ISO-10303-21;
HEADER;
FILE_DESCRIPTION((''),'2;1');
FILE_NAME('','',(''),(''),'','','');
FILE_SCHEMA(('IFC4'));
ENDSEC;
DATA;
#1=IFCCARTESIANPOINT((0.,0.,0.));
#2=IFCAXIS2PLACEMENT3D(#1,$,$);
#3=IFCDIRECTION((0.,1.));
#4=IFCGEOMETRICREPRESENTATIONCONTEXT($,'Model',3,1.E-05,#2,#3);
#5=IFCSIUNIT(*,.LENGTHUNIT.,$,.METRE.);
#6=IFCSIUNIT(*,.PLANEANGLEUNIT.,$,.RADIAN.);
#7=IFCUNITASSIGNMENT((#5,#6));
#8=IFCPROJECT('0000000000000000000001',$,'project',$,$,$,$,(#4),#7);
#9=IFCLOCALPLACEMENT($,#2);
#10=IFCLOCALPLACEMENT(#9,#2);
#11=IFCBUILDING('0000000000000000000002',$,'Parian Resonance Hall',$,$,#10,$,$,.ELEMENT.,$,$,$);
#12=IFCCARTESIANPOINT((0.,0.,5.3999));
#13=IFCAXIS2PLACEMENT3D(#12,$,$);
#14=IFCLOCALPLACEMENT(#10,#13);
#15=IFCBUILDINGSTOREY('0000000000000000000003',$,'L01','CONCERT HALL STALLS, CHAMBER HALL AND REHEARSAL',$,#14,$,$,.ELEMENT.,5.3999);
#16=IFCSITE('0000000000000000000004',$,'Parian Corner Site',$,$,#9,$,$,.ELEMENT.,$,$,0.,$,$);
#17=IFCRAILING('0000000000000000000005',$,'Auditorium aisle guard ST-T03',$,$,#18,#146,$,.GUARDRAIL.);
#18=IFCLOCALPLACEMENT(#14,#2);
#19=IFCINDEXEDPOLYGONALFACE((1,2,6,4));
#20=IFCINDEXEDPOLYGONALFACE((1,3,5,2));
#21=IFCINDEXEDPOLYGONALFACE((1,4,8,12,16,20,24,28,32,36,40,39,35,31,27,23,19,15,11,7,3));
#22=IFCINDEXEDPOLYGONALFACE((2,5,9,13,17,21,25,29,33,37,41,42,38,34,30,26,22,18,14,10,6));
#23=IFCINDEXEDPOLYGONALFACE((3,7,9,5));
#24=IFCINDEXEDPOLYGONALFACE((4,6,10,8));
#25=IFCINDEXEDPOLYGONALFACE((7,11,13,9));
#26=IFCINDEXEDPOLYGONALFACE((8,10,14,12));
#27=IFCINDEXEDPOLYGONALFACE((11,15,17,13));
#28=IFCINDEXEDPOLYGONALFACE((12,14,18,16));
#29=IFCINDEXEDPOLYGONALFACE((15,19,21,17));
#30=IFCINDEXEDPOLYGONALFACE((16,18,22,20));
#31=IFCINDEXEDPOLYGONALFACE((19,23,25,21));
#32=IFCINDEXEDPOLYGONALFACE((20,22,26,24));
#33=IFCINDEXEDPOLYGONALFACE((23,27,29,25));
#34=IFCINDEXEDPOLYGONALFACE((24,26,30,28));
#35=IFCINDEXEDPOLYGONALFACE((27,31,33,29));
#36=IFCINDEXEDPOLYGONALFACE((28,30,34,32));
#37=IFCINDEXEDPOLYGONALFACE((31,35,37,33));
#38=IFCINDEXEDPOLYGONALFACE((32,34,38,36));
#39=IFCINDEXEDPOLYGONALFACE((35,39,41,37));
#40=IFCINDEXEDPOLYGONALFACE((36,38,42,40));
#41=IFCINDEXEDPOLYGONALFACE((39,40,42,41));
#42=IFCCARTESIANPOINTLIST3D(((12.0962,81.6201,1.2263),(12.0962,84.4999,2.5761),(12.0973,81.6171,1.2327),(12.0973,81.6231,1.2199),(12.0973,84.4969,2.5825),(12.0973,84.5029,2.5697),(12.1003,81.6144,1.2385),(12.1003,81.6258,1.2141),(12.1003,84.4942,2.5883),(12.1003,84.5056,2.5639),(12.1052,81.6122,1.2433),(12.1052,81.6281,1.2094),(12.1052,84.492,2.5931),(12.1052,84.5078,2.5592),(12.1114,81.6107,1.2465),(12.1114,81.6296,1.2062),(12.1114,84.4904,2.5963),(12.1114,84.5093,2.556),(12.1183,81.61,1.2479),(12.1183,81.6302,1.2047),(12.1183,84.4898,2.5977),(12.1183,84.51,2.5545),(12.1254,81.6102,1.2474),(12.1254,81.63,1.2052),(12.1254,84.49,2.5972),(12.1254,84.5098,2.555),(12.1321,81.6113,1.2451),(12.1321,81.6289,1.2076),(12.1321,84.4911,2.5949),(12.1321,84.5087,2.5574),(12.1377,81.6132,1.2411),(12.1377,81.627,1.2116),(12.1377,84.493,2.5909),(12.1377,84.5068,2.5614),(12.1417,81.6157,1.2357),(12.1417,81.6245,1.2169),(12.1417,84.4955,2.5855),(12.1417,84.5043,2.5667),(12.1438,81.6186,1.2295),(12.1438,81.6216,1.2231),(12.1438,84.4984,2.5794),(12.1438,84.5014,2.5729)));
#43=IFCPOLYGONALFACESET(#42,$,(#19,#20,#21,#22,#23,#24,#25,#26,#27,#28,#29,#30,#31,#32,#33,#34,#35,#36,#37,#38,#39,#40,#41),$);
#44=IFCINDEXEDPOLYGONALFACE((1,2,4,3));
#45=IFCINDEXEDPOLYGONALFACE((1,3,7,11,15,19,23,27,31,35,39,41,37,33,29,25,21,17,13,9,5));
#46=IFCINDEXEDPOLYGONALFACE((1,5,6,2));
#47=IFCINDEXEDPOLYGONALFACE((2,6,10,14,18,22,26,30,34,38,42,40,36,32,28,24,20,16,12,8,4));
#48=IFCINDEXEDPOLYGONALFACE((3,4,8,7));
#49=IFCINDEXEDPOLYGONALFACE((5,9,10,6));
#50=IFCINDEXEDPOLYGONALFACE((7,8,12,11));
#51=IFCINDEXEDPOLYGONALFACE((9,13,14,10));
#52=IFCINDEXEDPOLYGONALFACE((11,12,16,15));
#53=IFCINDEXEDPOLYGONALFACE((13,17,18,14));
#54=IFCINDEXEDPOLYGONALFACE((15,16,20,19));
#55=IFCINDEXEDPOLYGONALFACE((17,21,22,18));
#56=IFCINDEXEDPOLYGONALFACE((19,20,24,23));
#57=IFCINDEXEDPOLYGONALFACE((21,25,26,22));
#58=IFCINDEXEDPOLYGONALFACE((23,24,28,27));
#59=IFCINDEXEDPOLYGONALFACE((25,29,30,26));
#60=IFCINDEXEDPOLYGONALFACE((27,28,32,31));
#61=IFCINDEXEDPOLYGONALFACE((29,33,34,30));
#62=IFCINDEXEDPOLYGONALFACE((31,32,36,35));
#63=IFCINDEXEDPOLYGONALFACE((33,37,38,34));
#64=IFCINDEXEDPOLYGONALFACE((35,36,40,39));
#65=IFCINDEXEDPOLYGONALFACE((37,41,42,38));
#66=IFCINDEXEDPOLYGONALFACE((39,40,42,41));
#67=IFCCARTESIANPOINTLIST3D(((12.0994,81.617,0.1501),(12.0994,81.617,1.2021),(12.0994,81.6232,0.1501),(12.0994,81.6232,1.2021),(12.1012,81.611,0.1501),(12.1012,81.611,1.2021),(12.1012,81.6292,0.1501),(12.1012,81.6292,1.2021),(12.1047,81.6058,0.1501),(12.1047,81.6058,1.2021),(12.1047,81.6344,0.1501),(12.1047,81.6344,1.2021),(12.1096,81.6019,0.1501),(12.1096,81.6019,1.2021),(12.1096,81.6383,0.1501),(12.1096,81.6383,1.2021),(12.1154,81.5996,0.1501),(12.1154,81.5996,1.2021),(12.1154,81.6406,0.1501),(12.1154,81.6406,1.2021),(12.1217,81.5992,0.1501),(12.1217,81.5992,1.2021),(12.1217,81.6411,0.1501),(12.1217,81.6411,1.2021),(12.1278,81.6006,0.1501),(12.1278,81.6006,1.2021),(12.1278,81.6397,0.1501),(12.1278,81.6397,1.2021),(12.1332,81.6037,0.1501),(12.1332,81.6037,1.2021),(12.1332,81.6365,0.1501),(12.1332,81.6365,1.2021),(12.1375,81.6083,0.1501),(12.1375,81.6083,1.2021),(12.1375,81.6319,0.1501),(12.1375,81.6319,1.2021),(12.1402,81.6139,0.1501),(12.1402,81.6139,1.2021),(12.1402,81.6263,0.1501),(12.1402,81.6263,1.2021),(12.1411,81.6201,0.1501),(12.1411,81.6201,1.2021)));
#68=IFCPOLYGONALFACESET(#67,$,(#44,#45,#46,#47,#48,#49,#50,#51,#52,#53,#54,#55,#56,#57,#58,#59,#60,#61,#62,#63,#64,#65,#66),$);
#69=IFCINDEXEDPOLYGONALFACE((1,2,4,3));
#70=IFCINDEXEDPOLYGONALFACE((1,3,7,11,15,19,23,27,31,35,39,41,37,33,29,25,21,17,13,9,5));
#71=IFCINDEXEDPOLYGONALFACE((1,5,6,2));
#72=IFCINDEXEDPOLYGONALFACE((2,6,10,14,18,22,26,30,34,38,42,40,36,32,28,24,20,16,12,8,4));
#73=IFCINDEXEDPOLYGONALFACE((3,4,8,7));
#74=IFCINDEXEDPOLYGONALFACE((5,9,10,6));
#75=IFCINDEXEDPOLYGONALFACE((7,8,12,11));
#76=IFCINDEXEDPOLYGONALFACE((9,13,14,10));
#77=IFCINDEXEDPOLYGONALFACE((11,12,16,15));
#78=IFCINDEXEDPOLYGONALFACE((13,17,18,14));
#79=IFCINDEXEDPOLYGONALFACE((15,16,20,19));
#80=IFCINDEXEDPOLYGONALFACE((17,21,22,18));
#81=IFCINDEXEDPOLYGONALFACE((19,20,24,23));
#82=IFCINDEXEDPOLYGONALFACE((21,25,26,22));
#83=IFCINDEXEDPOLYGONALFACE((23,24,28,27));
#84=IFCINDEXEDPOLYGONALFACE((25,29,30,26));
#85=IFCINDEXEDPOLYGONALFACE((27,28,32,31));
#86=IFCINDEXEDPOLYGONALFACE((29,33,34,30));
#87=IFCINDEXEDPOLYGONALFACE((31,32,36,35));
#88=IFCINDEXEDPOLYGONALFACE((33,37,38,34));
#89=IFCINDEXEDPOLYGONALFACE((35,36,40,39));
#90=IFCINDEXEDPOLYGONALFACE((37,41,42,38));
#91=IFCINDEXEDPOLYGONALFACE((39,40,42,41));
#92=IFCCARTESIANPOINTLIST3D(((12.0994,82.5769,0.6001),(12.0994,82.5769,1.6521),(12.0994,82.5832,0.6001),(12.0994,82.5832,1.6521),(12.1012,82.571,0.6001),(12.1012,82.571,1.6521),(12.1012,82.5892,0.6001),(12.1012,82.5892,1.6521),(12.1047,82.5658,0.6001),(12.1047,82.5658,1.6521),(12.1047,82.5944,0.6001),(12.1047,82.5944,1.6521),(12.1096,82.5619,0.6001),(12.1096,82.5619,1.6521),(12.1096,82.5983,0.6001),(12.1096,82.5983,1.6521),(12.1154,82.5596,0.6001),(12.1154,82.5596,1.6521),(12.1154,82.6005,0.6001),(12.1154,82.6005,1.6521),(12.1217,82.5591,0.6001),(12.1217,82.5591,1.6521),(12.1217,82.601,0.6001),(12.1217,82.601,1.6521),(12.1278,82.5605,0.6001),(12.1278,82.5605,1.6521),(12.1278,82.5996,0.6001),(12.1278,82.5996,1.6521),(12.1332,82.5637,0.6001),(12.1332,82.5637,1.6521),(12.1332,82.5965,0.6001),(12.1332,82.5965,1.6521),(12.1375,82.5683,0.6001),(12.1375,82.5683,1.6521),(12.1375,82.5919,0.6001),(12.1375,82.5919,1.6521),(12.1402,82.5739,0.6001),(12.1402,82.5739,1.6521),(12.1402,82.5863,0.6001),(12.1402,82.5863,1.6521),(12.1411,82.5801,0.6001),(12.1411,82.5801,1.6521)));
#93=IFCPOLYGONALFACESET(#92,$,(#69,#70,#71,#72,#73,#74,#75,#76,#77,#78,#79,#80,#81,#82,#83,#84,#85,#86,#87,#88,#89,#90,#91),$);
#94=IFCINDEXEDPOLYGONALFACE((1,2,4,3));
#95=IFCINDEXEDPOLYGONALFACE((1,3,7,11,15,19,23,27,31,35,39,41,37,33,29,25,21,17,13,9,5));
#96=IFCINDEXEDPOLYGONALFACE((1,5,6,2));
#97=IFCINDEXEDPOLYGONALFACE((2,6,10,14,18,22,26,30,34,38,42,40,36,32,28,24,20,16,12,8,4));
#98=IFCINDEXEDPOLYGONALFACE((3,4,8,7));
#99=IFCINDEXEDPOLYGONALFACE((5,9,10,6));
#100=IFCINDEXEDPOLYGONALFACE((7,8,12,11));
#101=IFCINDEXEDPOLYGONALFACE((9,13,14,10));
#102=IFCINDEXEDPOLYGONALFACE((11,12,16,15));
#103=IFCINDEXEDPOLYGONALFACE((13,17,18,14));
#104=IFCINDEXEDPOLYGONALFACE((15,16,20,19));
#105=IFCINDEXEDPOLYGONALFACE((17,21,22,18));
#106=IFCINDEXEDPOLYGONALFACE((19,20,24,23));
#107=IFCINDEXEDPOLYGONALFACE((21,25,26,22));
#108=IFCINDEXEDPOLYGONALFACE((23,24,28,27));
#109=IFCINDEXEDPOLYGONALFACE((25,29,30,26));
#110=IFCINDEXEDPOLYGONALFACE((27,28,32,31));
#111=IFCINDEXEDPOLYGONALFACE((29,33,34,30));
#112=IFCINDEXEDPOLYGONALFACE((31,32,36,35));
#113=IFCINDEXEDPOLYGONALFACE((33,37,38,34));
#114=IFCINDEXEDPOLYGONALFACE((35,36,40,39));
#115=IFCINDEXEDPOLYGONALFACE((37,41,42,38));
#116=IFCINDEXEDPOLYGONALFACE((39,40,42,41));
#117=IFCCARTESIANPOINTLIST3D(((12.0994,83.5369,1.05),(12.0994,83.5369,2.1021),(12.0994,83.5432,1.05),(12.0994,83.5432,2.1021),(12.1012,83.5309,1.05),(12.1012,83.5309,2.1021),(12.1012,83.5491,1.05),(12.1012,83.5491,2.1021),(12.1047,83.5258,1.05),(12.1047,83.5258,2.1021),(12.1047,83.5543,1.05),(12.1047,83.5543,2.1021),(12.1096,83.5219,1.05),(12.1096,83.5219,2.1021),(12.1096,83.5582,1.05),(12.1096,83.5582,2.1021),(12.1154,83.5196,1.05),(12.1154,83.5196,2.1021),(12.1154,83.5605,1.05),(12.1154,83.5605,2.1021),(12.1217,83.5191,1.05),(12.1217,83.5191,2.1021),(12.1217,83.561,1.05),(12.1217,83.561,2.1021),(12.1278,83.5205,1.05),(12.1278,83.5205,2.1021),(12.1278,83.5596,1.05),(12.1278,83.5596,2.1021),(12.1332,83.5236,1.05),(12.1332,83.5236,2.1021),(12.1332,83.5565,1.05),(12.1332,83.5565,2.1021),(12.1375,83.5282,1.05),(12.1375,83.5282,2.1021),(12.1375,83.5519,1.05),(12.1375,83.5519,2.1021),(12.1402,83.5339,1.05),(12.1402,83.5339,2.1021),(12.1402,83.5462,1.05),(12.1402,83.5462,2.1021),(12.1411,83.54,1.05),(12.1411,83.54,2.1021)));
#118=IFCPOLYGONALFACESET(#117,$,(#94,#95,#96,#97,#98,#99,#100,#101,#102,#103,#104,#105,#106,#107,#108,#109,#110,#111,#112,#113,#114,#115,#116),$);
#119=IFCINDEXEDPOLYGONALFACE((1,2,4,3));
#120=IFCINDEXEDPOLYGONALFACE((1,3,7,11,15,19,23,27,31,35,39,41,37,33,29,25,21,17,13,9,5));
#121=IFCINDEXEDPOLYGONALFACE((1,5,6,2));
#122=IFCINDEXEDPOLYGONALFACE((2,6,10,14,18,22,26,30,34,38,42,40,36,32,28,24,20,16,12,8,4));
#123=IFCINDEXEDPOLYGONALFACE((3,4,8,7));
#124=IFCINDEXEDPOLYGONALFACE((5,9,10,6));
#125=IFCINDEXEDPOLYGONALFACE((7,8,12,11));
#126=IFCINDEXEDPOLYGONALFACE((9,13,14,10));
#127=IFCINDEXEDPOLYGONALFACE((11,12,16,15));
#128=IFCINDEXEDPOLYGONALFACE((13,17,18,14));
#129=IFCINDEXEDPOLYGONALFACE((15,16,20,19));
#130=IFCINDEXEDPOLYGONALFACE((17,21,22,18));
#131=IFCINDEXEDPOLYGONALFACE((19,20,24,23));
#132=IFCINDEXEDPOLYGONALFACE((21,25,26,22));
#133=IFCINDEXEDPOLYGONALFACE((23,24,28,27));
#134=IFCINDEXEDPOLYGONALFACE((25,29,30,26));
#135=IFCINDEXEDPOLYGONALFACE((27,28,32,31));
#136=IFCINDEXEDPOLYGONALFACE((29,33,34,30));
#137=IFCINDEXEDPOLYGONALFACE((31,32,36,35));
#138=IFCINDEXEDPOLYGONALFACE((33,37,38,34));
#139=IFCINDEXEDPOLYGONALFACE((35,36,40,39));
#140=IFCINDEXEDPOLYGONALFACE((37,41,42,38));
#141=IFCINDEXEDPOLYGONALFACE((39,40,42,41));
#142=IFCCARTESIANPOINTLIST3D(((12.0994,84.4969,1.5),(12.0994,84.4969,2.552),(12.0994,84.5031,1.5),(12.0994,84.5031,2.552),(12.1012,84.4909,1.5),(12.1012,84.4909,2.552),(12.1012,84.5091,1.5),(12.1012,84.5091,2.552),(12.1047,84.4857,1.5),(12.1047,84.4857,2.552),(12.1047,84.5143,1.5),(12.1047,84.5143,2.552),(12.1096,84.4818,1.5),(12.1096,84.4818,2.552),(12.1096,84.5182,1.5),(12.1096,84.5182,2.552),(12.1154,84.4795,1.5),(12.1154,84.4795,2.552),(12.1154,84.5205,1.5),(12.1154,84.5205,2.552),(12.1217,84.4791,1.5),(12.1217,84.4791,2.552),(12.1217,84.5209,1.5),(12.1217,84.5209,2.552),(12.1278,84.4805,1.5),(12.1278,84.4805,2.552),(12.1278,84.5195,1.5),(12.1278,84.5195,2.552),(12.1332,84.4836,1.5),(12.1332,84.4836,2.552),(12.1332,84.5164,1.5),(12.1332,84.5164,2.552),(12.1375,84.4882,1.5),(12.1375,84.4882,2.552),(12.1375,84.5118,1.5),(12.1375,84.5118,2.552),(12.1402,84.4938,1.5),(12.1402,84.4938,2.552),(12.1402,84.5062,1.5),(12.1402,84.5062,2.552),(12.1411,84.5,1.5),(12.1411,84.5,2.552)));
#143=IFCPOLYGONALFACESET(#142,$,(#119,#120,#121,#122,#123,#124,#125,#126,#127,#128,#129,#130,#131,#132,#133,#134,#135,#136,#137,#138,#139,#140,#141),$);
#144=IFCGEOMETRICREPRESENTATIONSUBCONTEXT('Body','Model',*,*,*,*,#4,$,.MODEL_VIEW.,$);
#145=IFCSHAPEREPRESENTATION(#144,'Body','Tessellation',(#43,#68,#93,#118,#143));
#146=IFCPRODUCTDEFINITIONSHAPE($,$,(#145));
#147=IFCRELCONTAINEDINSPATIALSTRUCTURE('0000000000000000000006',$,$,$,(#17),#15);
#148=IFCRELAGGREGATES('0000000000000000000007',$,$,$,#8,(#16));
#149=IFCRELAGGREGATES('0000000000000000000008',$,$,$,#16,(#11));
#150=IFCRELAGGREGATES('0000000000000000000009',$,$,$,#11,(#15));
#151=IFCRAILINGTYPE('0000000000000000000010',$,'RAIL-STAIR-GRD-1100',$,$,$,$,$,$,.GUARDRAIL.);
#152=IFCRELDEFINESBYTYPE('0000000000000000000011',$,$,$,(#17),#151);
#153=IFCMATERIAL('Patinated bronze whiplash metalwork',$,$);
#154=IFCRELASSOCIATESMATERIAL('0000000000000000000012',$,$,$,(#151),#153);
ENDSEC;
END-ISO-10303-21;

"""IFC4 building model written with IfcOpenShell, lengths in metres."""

from ifc_helpers import new_model, si_unit, direction, frame, origin, origin_2d, place, context, subcontext, project, spatial, circle, extrude, material, type_object, element, save


model = new_model("IFC4")

# Units and contexts
model_context = context("Model", 3, precision=1e-05, world=origin(), true_north=direction((0.0, 1.0)))
body_context = subcontext(model_context, "Body", "Model", "MODEL_VIEW")
ifc_project = project(units=[si_unit("LENGTHUNIT", "METRE"), si_unit("PLANEANGLEUNIT", "RADIAN")], contexts=[model_context])

# Site, building, storey
site_placement = place(None, origin())
site = spatial("IfcSite", under=ifc_project, at=site_placement, Name="Parian Corner Site", CompositionType="ELEMENT", RefElevation=0.0)
building_placement = place(site_placement, origin())
building = spatial("IfcBuilding", under=site, at=building_placement, Name="Parian Resonance Hall", CompositionType="ELEMENT")
storey_placement = place(building_placement, frame((0.0, 0.0, 5.3999)))
storey = spatial("IfcBuildingStorey", under=building, at=storey_placement, Name="L01", Description="CONCERT HALL STALLS, CHAMBER HALL AND REHEARSAL", CompositionType="ELEMENT", Elevation=5.3999)

# Railing
ifc_material_1 = material(Name="Patinated bronze whiplash metalwork")
railing_type_1 = type_object("IfcRailingType", Name="RAIL-STAIR-GRD-1100", PredefinedType="GUARDRAIL", material=ifc_material_1)
railing_1_placement = place(storey_placement, frame((12.1201, 81.6201, 0.1501)))
element("IfcRailing", 1, at=railing_1_placement, inside=storey, type_object=railing_type_1, Name="Auditorium aisle guard ST-T03", PredefinedType="GUARDRAIL", context=body_context, shape_type="SweptSolid", body=[
    extrude(circle(Radius=0.0239, at=origin_2d()), frame((0.0, 0.0, 1.0762), z_axis=(0.0, 0.90547, 0.42441), x_axis=(-1.0, 0.0, 0.0)), (0.0, 0.0, 1.0), 3.1804),
    extrude(circle(Radius=0.021, at=origin_2d()), origin(), (0.0, 0.0, 1.0), 1.052),
    extrude(circle(Radius=0.021, at=origin_2d()), frame((0.0, 0.96, 0.45)), (0.0, 0.0, 1.0), 1.052),
    extrude(circle(Radius=0.021, at=origin_2d()), frame((0.0, 1.9199, 0.8999)), (0.0, 0.0, 1.0), 1.052),
    extrude(circle(Radius=0.021, at=origin_2d()), frame((0.0, 2.8799, 1.3499)), (0.0, 0.0, 1.0), 1.052),
])

save(model, "model.ifc")
